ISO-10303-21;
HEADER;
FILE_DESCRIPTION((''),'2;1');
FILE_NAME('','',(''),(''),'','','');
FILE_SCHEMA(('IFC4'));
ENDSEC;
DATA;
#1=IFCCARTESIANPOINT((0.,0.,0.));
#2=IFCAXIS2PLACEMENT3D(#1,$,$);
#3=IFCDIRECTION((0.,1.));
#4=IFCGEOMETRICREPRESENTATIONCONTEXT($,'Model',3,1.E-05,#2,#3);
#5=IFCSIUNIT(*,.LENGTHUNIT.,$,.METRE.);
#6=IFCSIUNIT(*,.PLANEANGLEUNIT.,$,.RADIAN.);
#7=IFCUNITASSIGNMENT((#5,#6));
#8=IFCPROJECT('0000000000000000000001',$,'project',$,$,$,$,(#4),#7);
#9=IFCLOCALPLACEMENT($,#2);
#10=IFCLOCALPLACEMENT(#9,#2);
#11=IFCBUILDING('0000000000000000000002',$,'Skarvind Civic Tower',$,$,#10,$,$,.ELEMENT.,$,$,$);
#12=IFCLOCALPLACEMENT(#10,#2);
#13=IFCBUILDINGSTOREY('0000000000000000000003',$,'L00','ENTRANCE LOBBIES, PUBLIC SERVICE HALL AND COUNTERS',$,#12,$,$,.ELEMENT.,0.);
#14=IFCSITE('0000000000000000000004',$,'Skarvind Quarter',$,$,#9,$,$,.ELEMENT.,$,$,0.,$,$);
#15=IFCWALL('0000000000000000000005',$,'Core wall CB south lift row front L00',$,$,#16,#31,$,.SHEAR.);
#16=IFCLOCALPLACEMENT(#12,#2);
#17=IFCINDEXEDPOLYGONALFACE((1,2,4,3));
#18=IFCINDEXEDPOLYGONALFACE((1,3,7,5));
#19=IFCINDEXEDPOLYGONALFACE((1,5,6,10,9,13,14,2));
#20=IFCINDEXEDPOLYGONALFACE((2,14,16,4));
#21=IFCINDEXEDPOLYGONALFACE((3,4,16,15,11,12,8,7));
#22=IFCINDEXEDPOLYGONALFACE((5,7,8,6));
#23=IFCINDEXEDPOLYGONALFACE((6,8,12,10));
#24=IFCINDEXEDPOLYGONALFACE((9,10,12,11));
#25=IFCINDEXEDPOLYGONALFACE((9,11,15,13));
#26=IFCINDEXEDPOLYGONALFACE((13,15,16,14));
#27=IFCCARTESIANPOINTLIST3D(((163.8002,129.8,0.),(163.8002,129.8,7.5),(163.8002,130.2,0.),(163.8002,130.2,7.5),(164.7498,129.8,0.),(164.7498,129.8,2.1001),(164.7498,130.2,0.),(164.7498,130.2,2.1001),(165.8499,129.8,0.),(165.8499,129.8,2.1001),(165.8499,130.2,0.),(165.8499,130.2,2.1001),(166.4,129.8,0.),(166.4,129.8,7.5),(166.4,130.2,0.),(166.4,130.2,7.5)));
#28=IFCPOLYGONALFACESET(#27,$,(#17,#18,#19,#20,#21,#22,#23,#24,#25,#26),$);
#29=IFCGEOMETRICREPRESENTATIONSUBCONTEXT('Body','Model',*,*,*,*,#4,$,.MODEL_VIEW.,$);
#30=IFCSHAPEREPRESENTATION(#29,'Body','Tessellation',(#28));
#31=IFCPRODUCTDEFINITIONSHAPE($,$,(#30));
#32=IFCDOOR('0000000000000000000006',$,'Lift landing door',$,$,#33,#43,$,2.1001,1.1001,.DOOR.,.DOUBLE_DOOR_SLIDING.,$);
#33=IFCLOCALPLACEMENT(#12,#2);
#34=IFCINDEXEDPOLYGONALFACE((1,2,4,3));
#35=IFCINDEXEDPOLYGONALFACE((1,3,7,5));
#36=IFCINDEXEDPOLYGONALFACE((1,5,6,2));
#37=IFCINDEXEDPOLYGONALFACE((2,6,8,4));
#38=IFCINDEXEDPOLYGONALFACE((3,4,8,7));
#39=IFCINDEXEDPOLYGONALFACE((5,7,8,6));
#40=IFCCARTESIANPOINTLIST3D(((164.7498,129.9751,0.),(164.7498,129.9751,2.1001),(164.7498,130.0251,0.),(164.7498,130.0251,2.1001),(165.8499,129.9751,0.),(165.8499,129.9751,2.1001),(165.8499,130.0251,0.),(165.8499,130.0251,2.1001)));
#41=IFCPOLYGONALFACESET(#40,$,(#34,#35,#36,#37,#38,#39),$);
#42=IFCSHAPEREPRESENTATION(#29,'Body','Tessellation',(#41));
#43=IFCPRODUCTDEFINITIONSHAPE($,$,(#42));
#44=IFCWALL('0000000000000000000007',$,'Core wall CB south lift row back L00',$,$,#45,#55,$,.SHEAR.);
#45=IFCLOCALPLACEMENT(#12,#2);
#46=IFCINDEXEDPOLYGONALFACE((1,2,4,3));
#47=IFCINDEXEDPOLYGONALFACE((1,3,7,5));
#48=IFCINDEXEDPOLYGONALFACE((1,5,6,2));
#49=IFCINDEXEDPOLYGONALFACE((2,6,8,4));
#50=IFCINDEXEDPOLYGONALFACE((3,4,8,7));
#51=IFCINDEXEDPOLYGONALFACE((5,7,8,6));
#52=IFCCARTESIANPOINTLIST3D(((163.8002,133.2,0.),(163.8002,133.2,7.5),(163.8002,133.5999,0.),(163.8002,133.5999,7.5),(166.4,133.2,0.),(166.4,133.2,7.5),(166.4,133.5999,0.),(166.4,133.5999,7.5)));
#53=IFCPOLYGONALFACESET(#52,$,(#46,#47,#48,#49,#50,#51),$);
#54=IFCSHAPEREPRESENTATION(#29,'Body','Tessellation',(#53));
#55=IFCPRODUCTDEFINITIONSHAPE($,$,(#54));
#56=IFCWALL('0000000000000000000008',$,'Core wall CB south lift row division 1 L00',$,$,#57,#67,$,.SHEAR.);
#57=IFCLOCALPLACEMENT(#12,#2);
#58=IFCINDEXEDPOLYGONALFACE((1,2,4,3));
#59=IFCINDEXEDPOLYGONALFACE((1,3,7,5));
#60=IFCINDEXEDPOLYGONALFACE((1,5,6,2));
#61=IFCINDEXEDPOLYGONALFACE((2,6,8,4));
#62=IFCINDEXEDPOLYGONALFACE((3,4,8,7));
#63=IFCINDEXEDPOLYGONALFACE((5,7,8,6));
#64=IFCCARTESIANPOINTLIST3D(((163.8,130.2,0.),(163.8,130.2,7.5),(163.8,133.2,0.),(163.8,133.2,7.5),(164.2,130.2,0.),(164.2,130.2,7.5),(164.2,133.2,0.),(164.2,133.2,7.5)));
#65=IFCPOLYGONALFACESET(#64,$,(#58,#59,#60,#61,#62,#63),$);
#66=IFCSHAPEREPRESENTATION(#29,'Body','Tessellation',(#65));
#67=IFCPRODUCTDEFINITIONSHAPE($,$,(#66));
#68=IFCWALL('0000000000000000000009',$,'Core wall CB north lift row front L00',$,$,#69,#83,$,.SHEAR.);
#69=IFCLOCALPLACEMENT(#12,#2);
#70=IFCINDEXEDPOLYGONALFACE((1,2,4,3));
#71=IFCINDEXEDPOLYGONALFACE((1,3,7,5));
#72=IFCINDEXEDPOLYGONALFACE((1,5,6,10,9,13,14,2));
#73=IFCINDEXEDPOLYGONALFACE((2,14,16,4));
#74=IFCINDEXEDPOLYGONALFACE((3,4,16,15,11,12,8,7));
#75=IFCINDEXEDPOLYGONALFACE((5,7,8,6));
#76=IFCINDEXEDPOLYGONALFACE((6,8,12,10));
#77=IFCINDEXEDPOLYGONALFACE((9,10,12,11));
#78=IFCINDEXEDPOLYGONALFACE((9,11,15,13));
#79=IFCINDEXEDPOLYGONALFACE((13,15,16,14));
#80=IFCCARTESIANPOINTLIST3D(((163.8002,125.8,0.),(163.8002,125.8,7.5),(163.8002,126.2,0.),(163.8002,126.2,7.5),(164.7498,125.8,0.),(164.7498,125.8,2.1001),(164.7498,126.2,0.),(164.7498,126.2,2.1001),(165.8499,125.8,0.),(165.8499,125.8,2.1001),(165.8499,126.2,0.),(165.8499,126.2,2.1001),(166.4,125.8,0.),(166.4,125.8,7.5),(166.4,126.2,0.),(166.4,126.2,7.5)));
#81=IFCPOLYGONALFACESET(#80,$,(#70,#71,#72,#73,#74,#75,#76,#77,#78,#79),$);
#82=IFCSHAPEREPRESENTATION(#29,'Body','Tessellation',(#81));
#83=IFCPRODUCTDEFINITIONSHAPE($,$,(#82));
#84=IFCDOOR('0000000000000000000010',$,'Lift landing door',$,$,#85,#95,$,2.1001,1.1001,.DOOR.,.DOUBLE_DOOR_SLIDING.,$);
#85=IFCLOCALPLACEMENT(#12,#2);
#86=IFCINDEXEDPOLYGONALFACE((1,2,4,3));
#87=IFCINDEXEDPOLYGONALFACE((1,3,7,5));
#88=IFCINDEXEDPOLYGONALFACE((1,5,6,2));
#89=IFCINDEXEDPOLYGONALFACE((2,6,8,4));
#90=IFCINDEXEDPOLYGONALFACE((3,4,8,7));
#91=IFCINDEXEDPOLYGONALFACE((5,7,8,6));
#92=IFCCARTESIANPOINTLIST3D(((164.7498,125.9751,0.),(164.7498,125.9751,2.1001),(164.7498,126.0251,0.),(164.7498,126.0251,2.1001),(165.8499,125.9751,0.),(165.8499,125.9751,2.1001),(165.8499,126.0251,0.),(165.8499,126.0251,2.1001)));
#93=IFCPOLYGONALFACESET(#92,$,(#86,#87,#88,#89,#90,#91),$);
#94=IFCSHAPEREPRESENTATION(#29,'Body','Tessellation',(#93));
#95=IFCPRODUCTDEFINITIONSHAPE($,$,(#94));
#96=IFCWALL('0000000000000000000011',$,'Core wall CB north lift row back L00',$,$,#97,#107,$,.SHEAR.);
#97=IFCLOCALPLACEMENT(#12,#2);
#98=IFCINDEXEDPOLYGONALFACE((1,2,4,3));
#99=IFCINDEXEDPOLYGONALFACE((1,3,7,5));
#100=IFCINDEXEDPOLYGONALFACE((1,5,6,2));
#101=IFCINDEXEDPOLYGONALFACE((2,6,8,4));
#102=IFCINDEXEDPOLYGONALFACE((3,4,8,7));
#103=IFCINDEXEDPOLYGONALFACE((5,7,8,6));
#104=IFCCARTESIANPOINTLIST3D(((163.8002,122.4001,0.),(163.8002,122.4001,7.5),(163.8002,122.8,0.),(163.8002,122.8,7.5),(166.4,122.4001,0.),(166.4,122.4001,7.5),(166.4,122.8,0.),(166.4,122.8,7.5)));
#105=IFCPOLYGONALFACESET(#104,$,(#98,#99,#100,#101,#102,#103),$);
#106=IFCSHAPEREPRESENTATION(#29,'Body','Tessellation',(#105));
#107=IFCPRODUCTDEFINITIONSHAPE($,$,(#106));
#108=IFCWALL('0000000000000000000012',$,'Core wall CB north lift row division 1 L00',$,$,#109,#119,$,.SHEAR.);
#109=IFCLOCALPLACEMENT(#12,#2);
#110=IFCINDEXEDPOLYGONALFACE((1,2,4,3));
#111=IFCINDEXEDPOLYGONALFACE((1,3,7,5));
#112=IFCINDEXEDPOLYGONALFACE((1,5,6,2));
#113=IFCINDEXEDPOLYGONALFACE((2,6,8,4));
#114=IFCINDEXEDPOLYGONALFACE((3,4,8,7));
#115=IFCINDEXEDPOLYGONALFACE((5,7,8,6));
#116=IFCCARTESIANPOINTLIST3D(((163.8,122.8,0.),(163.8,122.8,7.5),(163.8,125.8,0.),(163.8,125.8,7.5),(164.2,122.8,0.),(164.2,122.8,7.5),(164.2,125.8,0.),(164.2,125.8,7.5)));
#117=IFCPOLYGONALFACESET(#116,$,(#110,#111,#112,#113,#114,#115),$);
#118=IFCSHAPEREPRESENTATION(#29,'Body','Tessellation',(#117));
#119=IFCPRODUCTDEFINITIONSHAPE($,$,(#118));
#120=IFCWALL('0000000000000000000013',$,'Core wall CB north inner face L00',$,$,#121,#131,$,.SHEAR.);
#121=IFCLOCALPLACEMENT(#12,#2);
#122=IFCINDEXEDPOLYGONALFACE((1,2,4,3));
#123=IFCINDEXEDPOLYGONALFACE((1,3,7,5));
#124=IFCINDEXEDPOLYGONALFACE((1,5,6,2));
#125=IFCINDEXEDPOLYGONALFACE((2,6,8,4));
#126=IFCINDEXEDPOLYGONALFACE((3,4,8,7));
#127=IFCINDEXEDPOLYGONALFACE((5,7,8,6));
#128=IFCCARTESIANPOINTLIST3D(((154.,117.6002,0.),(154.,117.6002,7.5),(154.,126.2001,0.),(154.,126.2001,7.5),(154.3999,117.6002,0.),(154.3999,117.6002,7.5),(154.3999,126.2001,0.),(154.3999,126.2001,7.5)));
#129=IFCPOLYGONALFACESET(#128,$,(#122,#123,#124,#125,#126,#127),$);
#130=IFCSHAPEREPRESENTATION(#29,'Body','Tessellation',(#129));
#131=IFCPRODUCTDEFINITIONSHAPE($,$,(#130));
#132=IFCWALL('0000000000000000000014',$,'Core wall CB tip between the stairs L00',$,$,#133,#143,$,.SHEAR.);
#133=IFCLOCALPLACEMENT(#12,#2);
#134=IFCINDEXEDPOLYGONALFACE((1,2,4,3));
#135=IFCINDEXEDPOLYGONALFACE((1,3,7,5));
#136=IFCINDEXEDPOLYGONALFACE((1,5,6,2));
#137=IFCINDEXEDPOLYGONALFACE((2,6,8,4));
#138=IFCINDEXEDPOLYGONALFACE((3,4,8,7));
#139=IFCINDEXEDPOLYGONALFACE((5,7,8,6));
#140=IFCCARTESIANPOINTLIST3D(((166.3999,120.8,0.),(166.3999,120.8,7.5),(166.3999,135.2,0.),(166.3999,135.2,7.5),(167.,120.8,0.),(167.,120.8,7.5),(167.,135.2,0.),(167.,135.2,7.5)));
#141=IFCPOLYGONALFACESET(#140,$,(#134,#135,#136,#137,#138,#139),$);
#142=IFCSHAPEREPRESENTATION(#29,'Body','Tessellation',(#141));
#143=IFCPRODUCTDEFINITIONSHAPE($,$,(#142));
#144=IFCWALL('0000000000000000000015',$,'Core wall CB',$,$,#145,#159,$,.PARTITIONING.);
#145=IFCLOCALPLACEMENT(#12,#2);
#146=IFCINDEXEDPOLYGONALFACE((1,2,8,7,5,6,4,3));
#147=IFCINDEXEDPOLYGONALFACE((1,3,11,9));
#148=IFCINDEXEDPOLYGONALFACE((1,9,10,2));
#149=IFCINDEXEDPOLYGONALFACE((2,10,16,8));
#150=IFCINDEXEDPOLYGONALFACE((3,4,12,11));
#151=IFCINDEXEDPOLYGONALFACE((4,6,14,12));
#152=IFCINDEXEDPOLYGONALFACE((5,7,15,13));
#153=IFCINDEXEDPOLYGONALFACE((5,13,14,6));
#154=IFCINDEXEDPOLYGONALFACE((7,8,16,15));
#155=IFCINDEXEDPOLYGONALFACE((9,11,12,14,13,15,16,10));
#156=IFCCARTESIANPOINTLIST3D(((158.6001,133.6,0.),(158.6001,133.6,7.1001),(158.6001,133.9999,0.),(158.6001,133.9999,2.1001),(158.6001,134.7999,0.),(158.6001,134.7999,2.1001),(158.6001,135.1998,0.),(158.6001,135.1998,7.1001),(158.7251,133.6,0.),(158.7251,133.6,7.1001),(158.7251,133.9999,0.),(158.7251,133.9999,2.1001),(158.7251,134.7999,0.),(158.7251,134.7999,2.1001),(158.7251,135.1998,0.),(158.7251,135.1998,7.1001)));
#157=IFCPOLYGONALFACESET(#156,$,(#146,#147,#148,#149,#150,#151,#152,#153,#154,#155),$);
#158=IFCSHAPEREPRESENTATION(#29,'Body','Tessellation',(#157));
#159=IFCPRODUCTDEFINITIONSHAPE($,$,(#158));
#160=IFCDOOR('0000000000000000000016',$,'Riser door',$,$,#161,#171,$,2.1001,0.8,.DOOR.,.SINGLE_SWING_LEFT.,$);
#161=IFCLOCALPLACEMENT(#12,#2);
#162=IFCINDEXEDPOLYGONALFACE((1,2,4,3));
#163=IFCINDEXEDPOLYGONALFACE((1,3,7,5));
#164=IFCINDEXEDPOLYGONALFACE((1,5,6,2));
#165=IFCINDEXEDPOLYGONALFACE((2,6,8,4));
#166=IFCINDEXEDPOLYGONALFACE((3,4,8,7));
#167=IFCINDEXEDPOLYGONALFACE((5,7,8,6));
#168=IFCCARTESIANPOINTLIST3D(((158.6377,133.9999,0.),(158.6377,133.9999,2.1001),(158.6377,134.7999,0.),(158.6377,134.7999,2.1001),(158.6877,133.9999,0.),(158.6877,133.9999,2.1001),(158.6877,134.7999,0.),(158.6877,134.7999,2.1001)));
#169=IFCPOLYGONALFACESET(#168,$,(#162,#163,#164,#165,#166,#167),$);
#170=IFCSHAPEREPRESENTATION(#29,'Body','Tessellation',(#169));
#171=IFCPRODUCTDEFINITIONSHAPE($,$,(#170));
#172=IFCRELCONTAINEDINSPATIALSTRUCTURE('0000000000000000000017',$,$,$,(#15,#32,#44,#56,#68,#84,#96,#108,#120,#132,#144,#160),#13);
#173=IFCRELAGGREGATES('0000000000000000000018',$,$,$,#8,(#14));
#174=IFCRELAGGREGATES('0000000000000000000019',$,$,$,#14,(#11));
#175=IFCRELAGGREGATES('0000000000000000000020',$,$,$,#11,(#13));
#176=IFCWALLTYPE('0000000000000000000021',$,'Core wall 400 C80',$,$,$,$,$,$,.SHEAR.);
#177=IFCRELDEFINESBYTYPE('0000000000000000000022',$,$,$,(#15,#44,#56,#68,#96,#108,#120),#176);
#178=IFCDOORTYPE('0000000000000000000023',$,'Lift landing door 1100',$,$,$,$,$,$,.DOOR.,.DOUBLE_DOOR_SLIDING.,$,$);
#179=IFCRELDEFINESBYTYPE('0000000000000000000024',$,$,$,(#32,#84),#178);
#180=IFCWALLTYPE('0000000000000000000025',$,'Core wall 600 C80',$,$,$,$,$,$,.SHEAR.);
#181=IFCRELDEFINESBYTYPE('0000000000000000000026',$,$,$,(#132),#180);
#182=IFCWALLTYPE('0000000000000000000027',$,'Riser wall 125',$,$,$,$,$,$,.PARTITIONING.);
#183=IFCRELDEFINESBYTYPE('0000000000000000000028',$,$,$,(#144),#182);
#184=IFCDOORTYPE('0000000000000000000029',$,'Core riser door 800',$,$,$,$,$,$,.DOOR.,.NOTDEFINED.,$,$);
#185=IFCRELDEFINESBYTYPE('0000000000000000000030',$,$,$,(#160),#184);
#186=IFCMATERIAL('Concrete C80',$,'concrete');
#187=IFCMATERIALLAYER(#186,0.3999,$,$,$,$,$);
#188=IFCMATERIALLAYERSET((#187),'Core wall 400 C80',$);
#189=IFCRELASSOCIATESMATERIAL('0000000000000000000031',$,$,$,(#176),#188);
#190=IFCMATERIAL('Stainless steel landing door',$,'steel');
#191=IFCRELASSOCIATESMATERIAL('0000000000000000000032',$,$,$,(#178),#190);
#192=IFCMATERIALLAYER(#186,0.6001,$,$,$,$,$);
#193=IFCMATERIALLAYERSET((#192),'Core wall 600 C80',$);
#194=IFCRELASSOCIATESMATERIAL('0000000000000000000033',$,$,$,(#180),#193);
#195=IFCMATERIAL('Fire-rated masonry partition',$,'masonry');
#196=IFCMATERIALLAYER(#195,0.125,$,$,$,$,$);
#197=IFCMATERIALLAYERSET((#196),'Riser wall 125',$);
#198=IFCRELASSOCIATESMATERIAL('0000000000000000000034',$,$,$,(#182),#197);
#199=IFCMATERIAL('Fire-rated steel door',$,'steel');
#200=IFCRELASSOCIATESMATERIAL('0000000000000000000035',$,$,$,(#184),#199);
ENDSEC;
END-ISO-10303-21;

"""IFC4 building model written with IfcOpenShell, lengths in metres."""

from ifc_helpers import new_model, si_unit, direction, frame, frame_2d, origin, place, context, subcontext, project, spatial, rectangle, extrude, material, layer, layer_set, type_object, element, fill, save


model = new_model("IFC4")

# Units and contexts
model_context = context("Model", 3, precision=1e-05, world=origin(), true_north=direction((0.0, 1.0)))
body_context = subcontext(model_context, "Body", "Model", "MODEL_VIEW")
ifc_project = project(units=[si_unit("LENGTHUNIT", "METRE"), si_unit("PLANEANGLEUNIT", "RADIAN")], contexts=[model_context])

# Site, building, storey
site_placement = place(None, origin())
site = spatial("IfcSite", under=ifc_project, at=site_placement, Name="Skarvind Quarter", CompositionType="ELEMENT", RefElevation=0.0)
building_placement = place(site_placement, origin())
building = spatial("IfcBuilding", under=site, at=building_placement, Name="Skarvind Civic Tower", CompositionType="ELEMENT")
storey_placement = place(building_placement, origin())
storey = spatial("IfcBuildingStorey", under=building, at=storey_placement, Name="L00", Description="ENTRANCE LOBBIES, PUBLIC SERVICE HALL AND COUNTERS", CompositionType="ELEMENT", Elevation=0.0)

# Wall, opening, door
ifc_material_1 = material(Name="Fire-rated masonry partition", Category="masonry")
ifc_material_2 = material(Name="Fire-rated steel door", Category="steel")
ifc_material_3 = material(Name="Concrete C80", Category="concrete")
ifc_layer_1 = layer(ifc_material_3, 0.3999)
ifc_layer_set_1 = layer_set([ifc_layer_1], Name="Core wall 400 C80")
wall_type_1 = type_object("IfcWallType", Name="Core wall 400 C80", PredefinedType="SHEAR", material=ifc_layer_set_1)
wall_1_placement = place(storey_placement, frame((166.3999, 130.0, 0.0), z_axis=(0.0, 0.0, 1.0), x_axis=(-1.0, 0.0, 0.0)))
wall_1 = element("IfcWall", 1, at=wall_1_placement, inside=storey, type_object=wall_type_1, Name="Core wall CB south lift row front L00", PredefinedType="SHEAR", context=body_context, shape_type="SweptSolid", body=[
    extrude(rectangle(XDim=2.5999, YDim=0.3999, at=frame_2d((1.2998, 0.0))), origin(), (0.0, 0.0, 1.0), 7.5),
])
opening_1_placement = place(wall_1_placement, frame((0.55, 0.0, 0.0)))
opening_1 = element("IfcOpeningElement", 2, at=opening_1_placement, cuts=wall_1, PredefinedType="OPENING", context=body_context, shape_type="SweptSolid", body=[
    extrude(rectangle(XDim=1.1001, YDim=2.1001, at=frame_2d((0.55, 1.05))), frame((0.0, 0.21, 0.0), z_axis=(0.0, -1.0, 0.0), x_axis=(1.0, 0.0, 0.0)), (0.0, 0.0, 1.0), 0.4199),
])
ifc_material_4 = material(Name="Stainless steel landing door", Category="steel")
door_type_1 = type_object("IfcDoorType", Name="Lift landing door 1100", OperationType="DOUBLE_DOOR_SLIDING", PredefinedType="DOOR", material=ifc_material_4)
door_1_placement = place(opening_1_placement, origin())
door_1 = element("IfcDoor", 3, at=door_1_placement, inside=storey, type_object=door_type_1, Name="Lift landing door", OperationType="DOUBLE_DOOR_SLIDING", OverallHeight=2.1001, OverallWidth=1.1001, PredefinedType="DOOR", context=body_context, shape_type="SweptSolid", body=[
    extrude(rectangle(XDim=1.1001, YDim=2.1001, at=frame_2d((0.55, 1.05))), frame((0.0, 0.0249, 0.0), z_axis=(0.0, -1.0, 0.0), x_axis=(1.0, 0.0, 0.0)), (0.0, 0.0, 1.0), 0.05),
])
fill(opening_1, door_1)

# Walls
wall_2_placement = place(storey_placement, frame((166.3999, 133.3999, 0.0), z_axis=(0.0, 0.0, 1.0), x_axis=(-1.0, 0.0, 0.0)))
element("IfcWall", 4, at=wall_2_placement, inside=storey, type_object=wall_type_1, Name="Core wall CB south lift row back L00", PredefinedType="SHEAR", context=body_context, shape_type="SweptSolid", body=[
    extrude(rectangle(XDim=2.5999, YDim=0.3999, at=frame_2d((1.2998, 0.0))), origin(), (0.0, 0.0, 1.0), 7.5),
])
wall_3_placement = place(storey_placement, frame((164.0, 133.2, 0.0), z_axis=(0.0, 0.0, 1.0), x_axis=(0.0, -1.0, 0.0)))
element("IfcWall", 5, at=wall_3_placement, inside=storey, type_object=wall_type_1, Name="Core wall CB south lift row division 1 L00", PredefinedType="SHEAR", context=body_context, shape_type="SweptSolid", body=[
    extrude(rectangle(XDim=3.0, YDim=0.3999, at=frame_2d((1.5, 0.0))), origin(), (0.0, 0.0, 1.0), 7.5),
])

# Wall, opening, door
wall_4_placement = place(storey_placement, frame((166.3999, 126.0, 0.0), z_axis=(0.0, 0.0, 1.0), x_axis=(-1.0, 0.0, 0.0)))
wall_4 = element("IfcWall", 6, at=wall_4_placement, inside=storey, type_object=wall_type_1, Name="Core wall CB north lift row front L00", PredefinedType="SHEAR", context=body_context, shape_type="SweptSolid", body=[
    extrude(rectangle(XDim=2.5999, YDim=0.3999, at=frame_2d((1.2998, 0.0))), origin(), (0.0, 0.0, 1.0), 7.5),
])
opening_2_placement = place(wall_4_placement, frame((0.55, 0.0, 0.0)))
opening_2 = element("IfcOpeningElement", 7, at=opening_2_placement, cuts=wall_4, PredefinedType="OPENING", context=body_context, shape_type="SweptSolid", body=[
    extrude(rectangle(XDim=1.1001, YDim=2.1001, at=frame_2d((0.55, 1.05))), frame((0.0, 0.21, 0.0), z_axis=(0.0, -1.0, 0.0), x_axis=(1.0, 0.0, 0.0)), (0.0, 0.0, 1.0), 0.4199),
])
door_2_placement = place(opening_2_placement, origin())
door_2 = element("IfcDoor", 8, at=door_2_placement, inside=storey, type_object=door_type_1, Name="Lift landing door", OperationType="DOUBLE_DOOR_SLIDING", OverallHeight=2.1001, OverallWidth=1.1001, PredefinedType="DOOR", context=body_context, shape_type="SweptSolid", body=[
    extrude(rectangle(XDim=1.1001, YDim=2.1001, at=frame_2d((0.55, 1.05))), frame((0.0, 0.0249, 0.0), z_axis=(0.0, -1.0, 0.0), x_axis=(1.0, 0.0, 0.0)), (0.0, 0.0, 1.0), 0.05),
])
fill(opening_2, door_2)

# Walls
wall_5_placement = place(storey_placement, frame((166.3999, 122.6001, 0.0), z_axis=(0.0, 0.0, 1.0), x_axis=(-1.0, 0.0, 0.0)))
element("IfcWall", 9, at=wall_5_placement, inside=storey, type_object=wall_type_1, Name="Core wall CB north lift row back L00", PredefinedType="SHEAR", context=body_context, shape_type="SweptSolid", body=[
    extrude(rectangle(XDim=2.5999, YDim=0.3999, at=frame_2d((1.2998, 0.0))), origin(), (0.0, 0.0, 1.0), 7.5),
])
wall_6_placement = place(storey_placement, frame((164.0, 125.8, 0.0), z_axis=(0.0, 0.0, 1.0), x_axis=(0.0, -1.0, 0.0)))
element("IfcWall", 10, at=wall_6_placement, inside=storey, type_object=wall_type_1, Name="Core wall CB north lift row division 1 L00", PredefinedType="SHEAR", context=body_context, shape_type="SweptSolid", body=[
    extrude(rectangle(XDim=3.0, YDim=0.3999, at=frame_2d((1.5, 0.0))), origin(), (0.0, 0.0, 1.0), 7.5),
])
wall_7_placement = place(storey_placement, frame((154.2, 126.2, 0.0), z_axis=(0.0, 0.0, 1.0), x_axis=(0.0, -1.0, 0.0)))
element("IfcWall", 11, at=wall_7_placement, inside=storey, type_object=wall_type_1, Name="Core wall CB north inner face L00", PredefinedType="SHEAR", context=body_context, shape_type="SweptSolid", body=[
    extrude(rectangle(XDim=8.5999, YDim=0.3999, at=frame_2d((4.2998, 0.0))), origin(), (0.0, 0.0, 1.0), 7.5),
])
ifc_layer_2 = layer(ifc_material_3, 0.6001)
ifc_layer_set_2 = layer_set([ifc_layer_2], Name="Core wall 600 C80")
wall_type_2 = type_object("IfcWallType", Name="Core wall 600 C80", PredefinedType="SHEAR", material=ifc_layer_set_2)
wall_8_placement = place(storey_placement, frame((166.7, 135.2, 0.0), z_axis=(0.0, 0.0, 1.0), x_axis=(0.0, -1.0, 0.0)))
element("IfcWall", 12, at=wall_8_placement, inside=storey, type_object=wall_type_2, Name="Core wall CB tip between the stairs L00", PredefinedType="SHEAR", context=body_context, shape_type="SweptSolid", body=[
    extrude(rectangle(XDim=14.3999, YDim=0.6001, at=frame_2d((7.2, 0.0))), origin(), (0.0, 0.0, 1.0), 7.5),
])

# Wall, opening, door
ifc_layer_3 = layer(ifc_material_1, 0.125)
ifc_layer_set_3 = layer_set([ifc_layer_3], Name="Riser wall 125")
wall_type_3 = type_object("IfcWallType", Name="Riser wall 125", PredefinedType="PARTITIONING", material=ifc_layer_set_3)
wall_9_placement = place(storey_placement, frame((158.6626, 133.6001, 0.0), z_axis=(0.0, 0.0, 1.0), x_axis=(0.0, 1.0, 0.0)))
wall_9 = element("IfcWall", 13, at=wall_9_placement, inside=storey, type_object=wall_type_3, Name="Core wall CB", PredefinedType="PARTITIONING", context=body_context, shape_type="SweptSolid", body=[
    extrude(rectangle(XDim=1.5999, YDim=0.125, at=frame_2d((0.7998, 0.0))), origin(), (0.0, 0.0, 1.0), 7.1001),
])
opening_3_placement = place(wall_9_placement, frame((0.3999, 0.0, 0.0)))
opening_3 = element("IfcOpeningElement", 14, at=opening_3_placement, cuts=wall_9, PredefinedType="OPENING", context=body_context, shape_type="SweptSolid", body=[
    extrude(rectangle(XDim=0.8, YDim=2.1001, at=frame_2d((0.3999, 1.05))), frame((0.0, 0.0725, 0.0), z_axis=(0.0, -1.0, 0.0), x_axis=(1.0, 0.0, 0.0)), (0.0, 0.0, 1.0), 0.145),
])
door_type_2 = type_object("IfcDoorType", Name="Core riser door 800", OperationType="NOTDEFINED", PredefinedType="DOOR", material=ifc_material_2)
door_3_placement = place(opening_3_placement, origin())
door_3 = element("IfcDoor", 15, at=door_3_placement, inside=storey, type_object=door_type_2, Name="Riser door", OperationType="SINGLE_SWING_LEFT", OverallHeight=2.1001, OverallWidth=0.8, PredefinedType="DOOR", context=body_context, shape_type="SweptSolid", body=[
    extrude(rectangle(XDim=0.8, YDim=2.1001, at=frame_2d((0.3999, 1.05))), frame((0.0, 0.0249, 0.0), z_axis=(0.0, -1.0, 0.0), x_axis=(1.0, 0.0, 0.0)), (0.0, 0.0, 1.0), 0.05),
])
fill(opening_3, door_3)

save(model, "model.ifc")
